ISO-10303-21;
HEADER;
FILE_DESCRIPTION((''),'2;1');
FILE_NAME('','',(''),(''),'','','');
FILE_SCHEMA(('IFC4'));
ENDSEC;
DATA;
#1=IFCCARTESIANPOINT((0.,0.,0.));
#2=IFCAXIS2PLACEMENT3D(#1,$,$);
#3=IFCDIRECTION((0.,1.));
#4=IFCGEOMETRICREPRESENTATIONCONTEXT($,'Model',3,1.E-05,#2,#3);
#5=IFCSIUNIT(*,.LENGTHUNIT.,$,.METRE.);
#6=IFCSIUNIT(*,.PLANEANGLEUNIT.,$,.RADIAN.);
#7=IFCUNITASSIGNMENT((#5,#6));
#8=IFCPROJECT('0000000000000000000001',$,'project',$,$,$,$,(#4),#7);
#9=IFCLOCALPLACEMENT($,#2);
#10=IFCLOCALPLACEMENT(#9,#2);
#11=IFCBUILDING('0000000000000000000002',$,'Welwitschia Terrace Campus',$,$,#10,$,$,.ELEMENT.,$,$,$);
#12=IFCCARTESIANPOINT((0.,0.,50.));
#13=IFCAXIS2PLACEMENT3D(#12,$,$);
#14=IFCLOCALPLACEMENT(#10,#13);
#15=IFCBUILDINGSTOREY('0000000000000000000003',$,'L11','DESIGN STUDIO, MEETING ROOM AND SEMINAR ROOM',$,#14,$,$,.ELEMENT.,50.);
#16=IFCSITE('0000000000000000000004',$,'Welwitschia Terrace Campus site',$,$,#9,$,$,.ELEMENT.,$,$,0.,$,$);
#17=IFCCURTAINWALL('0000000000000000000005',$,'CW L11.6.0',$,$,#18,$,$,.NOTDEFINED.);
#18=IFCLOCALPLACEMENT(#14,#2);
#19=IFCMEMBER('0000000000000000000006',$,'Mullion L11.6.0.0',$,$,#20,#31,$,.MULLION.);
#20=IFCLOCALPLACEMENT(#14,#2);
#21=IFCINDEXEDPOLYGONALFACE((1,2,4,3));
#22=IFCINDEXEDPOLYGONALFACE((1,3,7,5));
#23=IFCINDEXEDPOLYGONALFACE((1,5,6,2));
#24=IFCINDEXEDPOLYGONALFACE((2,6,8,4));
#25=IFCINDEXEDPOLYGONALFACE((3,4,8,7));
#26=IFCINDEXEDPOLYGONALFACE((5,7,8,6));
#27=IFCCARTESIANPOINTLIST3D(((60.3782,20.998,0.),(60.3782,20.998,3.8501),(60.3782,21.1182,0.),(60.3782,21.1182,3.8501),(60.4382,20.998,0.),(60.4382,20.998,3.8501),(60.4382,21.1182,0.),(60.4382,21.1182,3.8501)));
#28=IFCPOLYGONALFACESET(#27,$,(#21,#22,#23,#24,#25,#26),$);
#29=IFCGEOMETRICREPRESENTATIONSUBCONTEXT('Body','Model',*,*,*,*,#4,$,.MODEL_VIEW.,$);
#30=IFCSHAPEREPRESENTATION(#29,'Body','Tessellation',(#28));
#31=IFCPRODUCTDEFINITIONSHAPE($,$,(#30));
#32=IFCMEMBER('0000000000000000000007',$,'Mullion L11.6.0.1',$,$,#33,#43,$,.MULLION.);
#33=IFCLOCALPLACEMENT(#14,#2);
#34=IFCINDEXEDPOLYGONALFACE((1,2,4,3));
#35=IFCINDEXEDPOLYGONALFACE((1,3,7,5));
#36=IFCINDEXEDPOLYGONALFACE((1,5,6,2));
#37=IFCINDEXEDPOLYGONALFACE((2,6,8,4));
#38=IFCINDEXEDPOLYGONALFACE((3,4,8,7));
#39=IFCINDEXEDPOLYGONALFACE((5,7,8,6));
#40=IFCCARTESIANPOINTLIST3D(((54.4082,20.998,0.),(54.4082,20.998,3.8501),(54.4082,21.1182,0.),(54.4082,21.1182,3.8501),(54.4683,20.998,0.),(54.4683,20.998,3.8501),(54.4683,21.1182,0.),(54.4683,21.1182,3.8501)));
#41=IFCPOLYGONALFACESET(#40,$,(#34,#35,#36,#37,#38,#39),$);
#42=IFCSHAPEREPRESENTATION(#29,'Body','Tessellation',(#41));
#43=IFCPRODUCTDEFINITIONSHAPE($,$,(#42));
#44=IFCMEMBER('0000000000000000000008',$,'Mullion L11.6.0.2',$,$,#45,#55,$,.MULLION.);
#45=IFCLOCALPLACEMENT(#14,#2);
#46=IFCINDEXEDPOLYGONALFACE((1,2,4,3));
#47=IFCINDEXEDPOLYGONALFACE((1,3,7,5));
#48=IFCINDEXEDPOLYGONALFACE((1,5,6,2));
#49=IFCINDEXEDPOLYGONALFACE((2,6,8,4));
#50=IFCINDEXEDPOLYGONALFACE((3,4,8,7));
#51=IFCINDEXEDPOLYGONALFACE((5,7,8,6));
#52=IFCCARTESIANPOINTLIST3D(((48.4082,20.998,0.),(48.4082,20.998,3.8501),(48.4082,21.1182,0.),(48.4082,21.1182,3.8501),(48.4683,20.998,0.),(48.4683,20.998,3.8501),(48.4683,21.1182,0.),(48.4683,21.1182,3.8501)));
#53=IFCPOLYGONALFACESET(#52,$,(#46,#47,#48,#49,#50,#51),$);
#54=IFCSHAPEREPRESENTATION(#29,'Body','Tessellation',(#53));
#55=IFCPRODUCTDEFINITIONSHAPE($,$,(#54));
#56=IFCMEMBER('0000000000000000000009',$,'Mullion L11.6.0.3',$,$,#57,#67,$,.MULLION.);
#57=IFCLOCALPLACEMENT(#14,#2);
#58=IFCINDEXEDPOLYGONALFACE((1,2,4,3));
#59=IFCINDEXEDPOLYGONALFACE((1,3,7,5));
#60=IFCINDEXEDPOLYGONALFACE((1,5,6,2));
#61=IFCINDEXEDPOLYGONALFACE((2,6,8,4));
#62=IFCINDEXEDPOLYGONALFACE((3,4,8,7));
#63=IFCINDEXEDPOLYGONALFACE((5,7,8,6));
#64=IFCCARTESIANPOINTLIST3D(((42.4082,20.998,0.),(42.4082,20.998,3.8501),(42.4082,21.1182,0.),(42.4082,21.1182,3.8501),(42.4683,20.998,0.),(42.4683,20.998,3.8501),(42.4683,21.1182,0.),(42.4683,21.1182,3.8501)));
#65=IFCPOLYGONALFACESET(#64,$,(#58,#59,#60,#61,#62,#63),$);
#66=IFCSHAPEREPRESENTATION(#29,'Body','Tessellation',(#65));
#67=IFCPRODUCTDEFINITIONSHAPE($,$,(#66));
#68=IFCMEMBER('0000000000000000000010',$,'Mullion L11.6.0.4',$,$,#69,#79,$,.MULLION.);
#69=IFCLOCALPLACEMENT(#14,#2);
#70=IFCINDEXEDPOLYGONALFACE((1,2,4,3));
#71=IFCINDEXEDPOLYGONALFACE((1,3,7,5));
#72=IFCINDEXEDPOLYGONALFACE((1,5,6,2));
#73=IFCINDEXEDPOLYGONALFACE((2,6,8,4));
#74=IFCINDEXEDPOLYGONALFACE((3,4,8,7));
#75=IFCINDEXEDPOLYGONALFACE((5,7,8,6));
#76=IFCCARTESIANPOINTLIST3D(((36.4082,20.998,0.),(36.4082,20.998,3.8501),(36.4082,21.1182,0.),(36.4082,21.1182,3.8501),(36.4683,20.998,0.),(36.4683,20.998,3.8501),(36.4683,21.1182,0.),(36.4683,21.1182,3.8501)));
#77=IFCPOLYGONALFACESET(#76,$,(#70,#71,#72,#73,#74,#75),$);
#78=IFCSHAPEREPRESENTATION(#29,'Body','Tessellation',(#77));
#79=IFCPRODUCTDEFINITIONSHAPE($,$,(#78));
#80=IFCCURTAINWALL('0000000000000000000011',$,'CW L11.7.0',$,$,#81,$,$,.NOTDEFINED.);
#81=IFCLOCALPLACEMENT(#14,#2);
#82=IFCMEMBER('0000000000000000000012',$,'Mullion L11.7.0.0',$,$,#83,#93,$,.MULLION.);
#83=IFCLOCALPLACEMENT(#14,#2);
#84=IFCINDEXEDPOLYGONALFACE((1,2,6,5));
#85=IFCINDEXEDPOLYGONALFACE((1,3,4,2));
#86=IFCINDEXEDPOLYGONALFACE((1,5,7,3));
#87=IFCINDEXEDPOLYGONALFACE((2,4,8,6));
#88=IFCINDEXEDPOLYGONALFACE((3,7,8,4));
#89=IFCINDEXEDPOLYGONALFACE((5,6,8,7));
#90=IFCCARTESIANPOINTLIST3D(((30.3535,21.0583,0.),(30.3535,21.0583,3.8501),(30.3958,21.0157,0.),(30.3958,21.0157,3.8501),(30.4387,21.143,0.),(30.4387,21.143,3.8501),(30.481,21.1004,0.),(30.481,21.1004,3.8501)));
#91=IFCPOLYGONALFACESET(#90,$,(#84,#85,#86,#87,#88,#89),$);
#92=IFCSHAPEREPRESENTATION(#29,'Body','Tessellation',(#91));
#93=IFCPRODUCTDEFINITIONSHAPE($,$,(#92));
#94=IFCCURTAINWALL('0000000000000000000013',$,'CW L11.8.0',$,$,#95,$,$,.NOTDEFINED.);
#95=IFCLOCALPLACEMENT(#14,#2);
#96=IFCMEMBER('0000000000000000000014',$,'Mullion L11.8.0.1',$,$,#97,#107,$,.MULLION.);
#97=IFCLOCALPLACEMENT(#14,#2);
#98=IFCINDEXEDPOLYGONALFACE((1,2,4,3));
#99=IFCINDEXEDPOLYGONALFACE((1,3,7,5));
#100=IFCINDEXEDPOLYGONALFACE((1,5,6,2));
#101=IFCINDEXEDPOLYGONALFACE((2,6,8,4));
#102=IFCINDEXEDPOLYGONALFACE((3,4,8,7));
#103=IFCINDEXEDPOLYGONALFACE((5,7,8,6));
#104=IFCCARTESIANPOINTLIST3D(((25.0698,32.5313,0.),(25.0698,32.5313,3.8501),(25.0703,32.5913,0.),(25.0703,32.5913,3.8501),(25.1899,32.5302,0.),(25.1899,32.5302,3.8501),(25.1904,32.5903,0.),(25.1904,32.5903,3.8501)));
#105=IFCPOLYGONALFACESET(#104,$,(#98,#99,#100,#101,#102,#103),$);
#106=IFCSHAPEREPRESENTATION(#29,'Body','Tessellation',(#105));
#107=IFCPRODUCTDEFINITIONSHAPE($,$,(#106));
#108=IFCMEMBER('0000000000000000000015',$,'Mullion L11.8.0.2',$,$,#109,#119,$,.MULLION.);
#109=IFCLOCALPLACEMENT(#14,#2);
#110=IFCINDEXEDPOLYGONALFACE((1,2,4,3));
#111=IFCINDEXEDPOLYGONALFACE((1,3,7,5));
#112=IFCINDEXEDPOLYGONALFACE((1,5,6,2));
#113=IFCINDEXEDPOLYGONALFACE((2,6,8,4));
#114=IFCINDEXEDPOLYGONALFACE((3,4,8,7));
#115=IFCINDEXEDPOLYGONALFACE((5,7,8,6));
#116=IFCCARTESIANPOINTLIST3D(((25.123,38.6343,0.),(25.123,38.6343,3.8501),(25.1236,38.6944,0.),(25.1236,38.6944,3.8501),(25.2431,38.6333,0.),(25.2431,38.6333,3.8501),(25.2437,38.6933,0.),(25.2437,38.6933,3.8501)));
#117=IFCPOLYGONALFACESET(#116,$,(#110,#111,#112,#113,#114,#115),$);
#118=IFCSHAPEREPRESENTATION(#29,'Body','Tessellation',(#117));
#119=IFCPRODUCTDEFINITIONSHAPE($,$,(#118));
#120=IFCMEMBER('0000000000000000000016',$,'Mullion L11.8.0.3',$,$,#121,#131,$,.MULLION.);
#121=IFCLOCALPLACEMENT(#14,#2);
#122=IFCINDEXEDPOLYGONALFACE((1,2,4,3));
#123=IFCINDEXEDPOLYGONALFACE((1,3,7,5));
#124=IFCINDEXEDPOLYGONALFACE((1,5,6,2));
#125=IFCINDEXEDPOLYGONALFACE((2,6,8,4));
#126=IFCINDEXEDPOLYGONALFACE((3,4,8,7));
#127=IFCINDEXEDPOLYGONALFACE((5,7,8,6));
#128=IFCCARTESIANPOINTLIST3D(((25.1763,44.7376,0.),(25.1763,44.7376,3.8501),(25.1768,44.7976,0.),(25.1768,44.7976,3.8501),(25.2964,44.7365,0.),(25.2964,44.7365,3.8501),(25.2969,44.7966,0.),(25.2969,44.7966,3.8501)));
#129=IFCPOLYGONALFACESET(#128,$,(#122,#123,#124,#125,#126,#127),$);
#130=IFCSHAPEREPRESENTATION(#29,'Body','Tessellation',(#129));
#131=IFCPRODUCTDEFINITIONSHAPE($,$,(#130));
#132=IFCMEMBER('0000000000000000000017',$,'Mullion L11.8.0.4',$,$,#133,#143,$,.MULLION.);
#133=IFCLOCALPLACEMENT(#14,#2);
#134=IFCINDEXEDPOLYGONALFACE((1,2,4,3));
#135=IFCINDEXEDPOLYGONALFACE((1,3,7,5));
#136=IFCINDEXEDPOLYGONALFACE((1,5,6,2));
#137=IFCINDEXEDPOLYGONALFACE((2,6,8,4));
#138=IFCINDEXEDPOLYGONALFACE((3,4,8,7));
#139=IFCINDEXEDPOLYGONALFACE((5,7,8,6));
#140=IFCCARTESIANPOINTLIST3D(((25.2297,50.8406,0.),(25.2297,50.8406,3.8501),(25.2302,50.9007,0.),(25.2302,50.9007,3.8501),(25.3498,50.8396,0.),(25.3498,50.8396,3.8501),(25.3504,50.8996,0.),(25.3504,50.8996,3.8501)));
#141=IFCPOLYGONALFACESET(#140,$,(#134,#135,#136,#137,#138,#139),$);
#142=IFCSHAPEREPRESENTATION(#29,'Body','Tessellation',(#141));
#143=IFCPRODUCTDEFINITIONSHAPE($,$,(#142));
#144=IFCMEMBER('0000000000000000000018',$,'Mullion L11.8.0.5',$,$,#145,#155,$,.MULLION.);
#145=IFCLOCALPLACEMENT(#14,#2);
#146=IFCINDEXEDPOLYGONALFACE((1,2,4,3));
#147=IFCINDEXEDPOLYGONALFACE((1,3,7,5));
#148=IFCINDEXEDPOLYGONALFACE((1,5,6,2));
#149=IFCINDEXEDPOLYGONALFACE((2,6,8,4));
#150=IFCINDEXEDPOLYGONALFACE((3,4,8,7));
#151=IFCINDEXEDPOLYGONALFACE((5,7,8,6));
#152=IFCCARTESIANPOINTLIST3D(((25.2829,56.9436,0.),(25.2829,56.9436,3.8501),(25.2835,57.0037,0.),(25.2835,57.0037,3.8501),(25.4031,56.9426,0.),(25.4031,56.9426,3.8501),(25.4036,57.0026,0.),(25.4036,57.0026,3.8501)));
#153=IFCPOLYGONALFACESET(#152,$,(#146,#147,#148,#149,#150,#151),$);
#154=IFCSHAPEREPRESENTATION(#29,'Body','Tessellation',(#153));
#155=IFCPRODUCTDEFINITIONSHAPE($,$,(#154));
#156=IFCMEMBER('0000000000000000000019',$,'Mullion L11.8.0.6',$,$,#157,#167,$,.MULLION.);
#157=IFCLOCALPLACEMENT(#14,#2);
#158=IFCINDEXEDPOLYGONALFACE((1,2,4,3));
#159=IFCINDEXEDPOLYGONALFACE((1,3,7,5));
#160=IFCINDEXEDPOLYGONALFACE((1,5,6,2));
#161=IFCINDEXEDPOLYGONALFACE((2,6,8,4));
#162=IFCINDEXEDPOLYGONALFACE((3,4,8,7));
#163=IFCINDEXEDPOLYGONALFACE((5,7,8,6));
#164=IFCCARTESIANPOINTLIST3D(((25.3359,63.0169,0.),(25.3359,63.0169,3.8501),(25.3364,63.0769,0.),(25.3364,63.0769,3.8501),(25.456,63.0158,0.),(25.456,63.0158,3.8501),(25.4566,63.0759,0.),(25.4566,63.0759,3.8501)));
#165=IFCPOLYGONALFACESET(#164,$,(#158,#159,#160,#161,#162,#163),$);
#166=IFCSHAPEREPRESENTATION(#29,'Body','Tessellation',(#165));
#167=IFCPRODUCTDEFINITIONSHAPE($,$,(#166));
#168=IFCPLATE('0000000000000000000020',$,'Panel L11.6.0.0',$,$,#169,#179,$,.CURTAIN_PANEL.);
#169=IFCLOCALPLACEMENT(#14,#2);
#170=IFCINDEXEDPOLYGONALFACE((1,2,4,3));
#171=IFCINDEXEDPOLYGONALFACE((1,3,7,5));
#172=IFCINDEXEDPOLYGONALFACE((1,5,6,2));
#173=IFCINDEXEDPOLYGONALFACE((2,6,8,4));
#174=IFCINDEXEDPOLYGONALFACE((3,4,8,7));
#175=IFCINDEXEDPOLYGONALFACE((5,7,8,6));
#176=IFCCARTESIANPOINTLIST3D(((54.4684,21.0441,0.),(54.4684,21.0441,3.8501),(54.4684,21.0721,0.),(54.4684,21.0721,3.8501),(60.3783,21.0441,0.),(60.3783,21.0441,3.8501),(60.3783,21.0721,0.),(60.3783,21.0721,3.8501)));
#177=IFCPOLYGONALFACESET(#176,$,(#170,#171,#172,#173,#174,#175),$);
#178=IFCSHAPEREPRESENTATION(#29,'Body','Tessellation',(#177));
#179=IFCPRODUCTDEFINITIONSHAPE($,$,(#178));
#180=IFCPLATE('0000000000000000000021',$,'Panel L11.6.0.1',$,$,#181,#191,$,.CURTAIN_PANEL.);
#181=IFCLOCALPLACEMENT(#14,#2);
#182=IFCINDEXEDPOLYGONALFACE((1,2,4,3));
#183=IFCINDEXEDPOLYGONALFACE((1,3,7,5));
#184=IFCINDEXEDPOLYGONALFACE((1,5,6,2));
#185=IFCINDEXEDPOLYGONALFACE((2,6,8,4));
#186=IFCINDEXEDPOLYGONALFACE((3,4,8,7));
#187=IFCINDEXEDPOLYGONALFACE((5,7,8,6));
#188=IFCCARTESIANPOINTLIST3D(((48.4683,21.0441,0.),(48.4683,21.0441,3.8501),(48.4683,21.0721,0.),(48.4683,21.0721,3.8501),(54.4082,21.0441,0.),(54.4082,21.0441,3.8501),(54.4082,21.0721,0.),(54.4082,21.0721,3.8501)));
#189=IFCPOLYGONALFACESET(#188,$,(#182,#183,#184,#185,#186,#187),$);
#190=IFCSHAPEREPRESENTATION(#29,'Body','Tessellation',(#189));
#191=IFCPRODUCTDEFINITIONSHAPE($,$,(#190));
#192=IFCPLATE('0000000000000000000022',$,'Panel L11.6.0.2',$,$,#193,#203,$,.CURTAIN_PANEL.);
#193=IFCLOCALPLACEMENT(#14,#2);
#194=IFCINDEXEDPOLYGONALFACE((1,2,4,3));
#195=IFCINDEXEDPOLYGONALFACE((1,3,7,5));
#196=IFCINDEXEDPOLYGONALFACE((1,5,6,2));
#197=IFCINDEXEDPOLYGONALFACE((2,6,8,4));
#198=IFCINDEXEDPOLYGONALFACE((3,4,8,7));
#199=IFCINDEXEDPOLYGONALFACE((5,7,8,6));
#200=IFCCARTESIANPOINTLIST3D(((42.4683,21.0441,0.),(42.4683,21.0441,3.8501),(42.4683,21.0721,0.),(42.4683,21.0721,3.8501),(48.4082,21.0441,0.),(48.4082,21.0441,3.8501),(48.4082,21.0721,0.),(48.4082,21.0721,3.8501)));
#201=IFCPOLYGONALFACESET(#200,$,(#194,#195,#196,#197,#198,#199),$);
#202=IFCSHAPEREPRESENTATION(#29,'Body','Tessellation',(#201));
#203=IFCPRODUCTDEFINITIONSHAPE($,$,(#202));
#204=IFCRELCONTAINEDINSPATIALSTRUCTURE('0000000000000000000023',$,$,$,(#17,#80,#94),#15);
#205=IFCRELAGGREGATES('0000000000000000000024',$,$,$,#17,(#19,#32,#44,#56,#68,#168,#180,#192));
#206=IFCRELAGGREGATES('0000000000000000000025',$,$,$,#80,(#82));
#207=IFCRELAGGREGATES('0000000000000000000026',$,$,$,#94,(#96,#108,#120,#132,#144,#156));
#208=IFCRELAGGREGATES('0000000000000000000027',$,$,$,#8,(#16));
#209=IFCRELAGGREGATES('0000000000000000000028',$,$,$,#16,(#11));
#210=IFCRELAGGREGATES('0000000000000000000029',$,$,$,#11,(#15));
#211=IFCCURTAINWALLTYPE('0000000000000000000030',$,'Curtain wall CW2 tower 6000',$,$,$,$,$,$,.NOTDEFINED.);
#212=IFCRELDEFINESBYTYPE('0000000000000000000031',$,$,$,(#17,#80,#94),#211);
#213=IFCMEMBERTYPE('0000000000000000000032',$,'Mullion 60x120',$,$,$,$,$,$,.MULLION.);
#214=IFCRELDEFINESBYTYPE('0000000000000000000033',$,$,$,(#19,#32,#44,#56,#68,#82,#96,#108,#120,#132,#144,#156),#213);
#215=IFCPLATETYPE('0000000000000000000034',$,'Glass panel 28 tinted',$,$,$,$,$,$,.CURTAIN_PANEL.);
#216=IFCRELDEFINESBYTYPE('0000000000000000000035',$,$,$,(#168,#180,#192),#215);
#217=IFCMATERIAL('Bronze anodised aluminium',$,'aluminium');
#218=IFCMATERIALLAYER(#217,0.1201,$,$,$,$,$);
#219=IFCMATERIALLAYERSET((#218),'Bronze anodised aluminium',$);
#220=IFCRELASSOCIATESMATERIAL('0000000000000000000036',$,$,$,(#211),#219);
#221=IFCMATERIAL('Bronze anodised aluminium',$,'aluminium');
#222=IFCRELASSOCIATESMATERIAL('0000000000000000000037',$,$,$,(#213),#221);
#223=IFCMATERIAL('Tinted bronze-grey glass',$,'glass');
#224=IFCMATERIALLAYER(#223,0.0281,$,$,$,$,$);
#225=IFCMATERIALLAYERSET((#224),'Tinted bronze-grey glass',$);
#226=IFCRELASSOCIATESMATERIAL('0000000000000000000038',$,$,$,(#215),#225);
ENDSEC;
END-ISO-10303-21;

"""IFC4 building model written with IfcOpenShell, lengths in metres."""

from ifc_helpers import new_model, si_unit, direction, frame, origin, origin_2d, place, context, subcontext, project, spatial, rectangle, extrude, material, layer, layer_set, material_profile, profile_set, type_object, element, aggregate, save


model = new_model("IFC4")

# Units and contexts
model_context = context("Model", 3, precision=1e-05, world=origin(), true_north=direction((0.0, 1.0)))
body_context = subcontext(model_context, "Body", "Model", "MODEL_VIEW")
ifc_project = project(units=[si_unit("LENGTHUNIT", "METRE"), si_unit("PLANEANGLEUNIT", "RADIAN")], contexts=[model_context])

# Site, building, storey
site_placement = place(None, origin())
site = spatial("IfcSite", under=ifc_project, at=site_placement, Name="Welwitschia Terrace Campus site", CompositionType="ELEMENT", RefElevation=0.0)
building_placement = place(site_placement, origin())
building = spatial("IfcBuilding", under=site, at=building_placement, Name="Welwitschia Terrace Campus", CompositionType="ELEMENT")
storey_placement = place(building_placement, frame((0.0, 0.0, 50.0)))
storey = spatial("IfcBuildingStorey", under=building, at=storey_placement, Name="L11", Description="DESIGN STUDIO, MEETING ROOM AND SEMINAR ROOM", CompositionType="ELEMENT", Elevation=50.0)

# Curtain wall, members
ifc_material_1 = material(Name="Bronze anodised aluminium", Category="aluminium")
ifc_layer_1 = layer(ifc_material_1, 0.1201)
ifc_layer_set_1 = layer_set([ifc_layer_1], Name="Bronze anodised aluminium")
curtain_wall_type = type_object("IfcCurtainWallType", Name="Curtain wall CW2 tower 6000", PredefinedType="NOTDEFINED", material=ifc_layer_set_1)
curtain_wall_1_placement = place(storey_placement, origin())
curtain_wall_1 = element("IfcCurtainWall", 1, at=curtain_wall_1_placement, inside=storey, type_object=curtain_wall_type, Name="CW L11.6.0", PredefinedType="NOTDEFINED")
ifc_material_2 = material(Name="Bronze anodised aluminium", Category="aluminium")
ifc_material_profile = material_profile(ifc_material_2, rectangle(XDim=0.1201, YDim=0.0601, at=origin_2d()))
ifc_profile_set = profile_set([ifc_material_profile], Name="Bronze anodised aluminium")
member_type = type_object("IfcMemberType", Name="Mullion 60x120", PredefinedType="MULLION", material=ifc_profile_set)
member_1_placement = place(storey_placement, frame((60.4082, 21.0581, 0.0), z_axis=(0.0, 0.0, 1.0), x_axis=(0.0, -1.0, 0.0)))
member_1 = element("IfcMember", 2, at=member_1_placement, type_object=member_type, Name="Mullion L11.6.0.0", PredefinedType="MULLION", context=body_context, shape_type="SweptSolid", body=[
    extrude(rectangle(XDim=0.1201, YDim=0.0601, at=origin_2d()), origin(), (0.0, 0.0, 1.0), 3.8501),
])
member_2_placement = place(storey_placement, frame((54.4382, 21.0581, 0.0), z_axis=(0.0, 0.0, 1.0), x_axis=(0.0, -1.0, 0.0)))
member_2 = element("IfcMember", 3, at=member_2_placement, type_object=member_type, Name="Mullion L11.6.0.1", PredefinedType="MULLION", context=body_context, shape_type="SweptSolid", body=[
    extrude(rectangle(XDim=0.1201, YDim=0.0601, at=origin_2d()), origin(), (0.0, 0.0, 1.0), 3.8501),
])
member_3_placement = place(storey_placement, frame((48.4382, 21.0581, 0.0), z_axis=(0.0, 0.0, 1.0), x_axis=(0.0, -1.0, 0.0)))
member_3 = element("IfcMember", 4, at=member_3_placement, type_object=member_type, Name="Mullion L11.6.0.2", PredefinedType="MULLION", context=body_context, shape_type="SweptSolid", body=[
    extrude(rectangle(XDim=0.1201, YDim=0.0601, at=origin_2d()), origin(), (0.0, 0.0, 1.0), 3.8501),
])
member_4_placement = place(storey_placement, frame((42.4382, 21.0581, 0.0), z_axis=(0.0, 0.0, 1.0), x_axis=(0.0, -1.0, 0.0)))
member_4 = element("IfcMember", 5, at=member_4_placement, type_object=member_type, Name="Mullion L11.6.0.3", PredefinedType="MULLION", context=body_context, shape_type="SweptSolid", body=[
    extrude(rectangle(XDim=0.1201, YDim=0.0601, at=origin_2d()), origin(), (0.0, 0.0, 1.0), 3.8501),
])
member_5_placement = place(storey_placement, frame((36.4382, 21.0581, 0.0), z_axis=(0.0, 0.0, 1.0), x_axis=(0.0, -1.0, 0.0)))
member_5 = element("IfcMember", 6, at=member_5_placement, type_object=member_type, Name="Mullion L11.6.0.4", PredefinedType="MULLION", context=body_context, shape_type="SweptSolid", body=[
    extrude(rectangle(XDim=0.1201, YDim=0.0601, at=origin_2d()), origin(), (0.0, 0.0, 1.0), 3.8501),
])

# Curtain wall, member
curtain_wall_2_placement = place(storey_placement, origin())
curtain_wall_2 = element("IfcCurtainWall", 7, at=curtain_wall_2_placement, inside=storey, type_object=curtain_wall_type, Name="CW L11.7.0", PredefinedType="NOTDEFINED")
member_6_placement = place(storey_placement, frame((30.4172, 21.0793, 0.0), z_axis=(0.0, 0.0, 1.0), x_axis=(-0.709608, -0.704596, 0.0)))
member_6 = element("IfcMember", 8, at=member_6_placement, type_object=member_type, Name="Mullion L11.7.0.0", PredefinedType="MULLION", context=body_context, shape_type="SweptSolid", body=[
    extrude(rectangle(XDim=0.1201, YDim=0.0601, at=origin_2d()), origin(), (0.0, 0.0, 1.0), 3.8501),
])

# Curtain wall, members
curtain_wall_3_placement = place(storey_placement, origin())
curtain_wall_3 = element("IfcCurtainWall", 9, at=curtain_wall_3_placement, inside=storey, type_object=curtain_wall_type, Name="CW L11.8.0", PredefinedType="NOTDEFINED")
member_7_placement = place(storey_placement, frame((25.1301, 32.5608, 0.0), z_axis=(0.0, 0.0, 1.0), x_axis=(-0.999962, 0.008727, 0.0)))
member_7 = element("IfcMember", 10, at=member_7_placement, type_object=member_type, Name="Mullion L11.8.0.1", PredefinedType="MULLION", context=body_context, shape_type="SweptSolid", body=[
    extrude(rectangle(XDim=0.1201, YDim=0.0601, at=origin_2d()), origin(), (0.0, 0.0, 1.0), 3.8501),
])
member_8_placement = place(storey_placement, frame((25.1833, 38.6638, 0.0), z_axis=(0.0, 0.0, 1.0), x_axis=(-0.999962, 0.008727, 0.0)))
member_8 = element("IfcMember", 11, at=member_8_placement, type_object=member_type, Name="Mullion L11.8.0.2", PredefinedType="MULLION", context=body_context, shape_type="SweptSolid", body=[
    extrude(rectangle(XDim=0.1201, YDim=0.0601, at=origin_2d()), origin(), (0.0, 0.0, 1.0), 3.8501),
])
member_9_placement = place(storey_placement, frame((25.2366, 44.7671, 0.0), z_axis=(0.0, 0.0, 1.0), x_axis=(-0.999962, 0.008727, 0.0)))
member_9 = element("IfcMember", 12, at=member_9_placement, type_object=member_type, Name="Mullion L11.8.0.3", PredefinedType="MULLION", context=body_context, shape_type="SweptSolid", body=[
    extrude(rectangle(XDim=0.1201, YDim=0.0601, at=origin_2d()), origin(), (0.0, 0.0, 1.0), 3.8501),
])
member_10_placement = place(storey_placement, frame((25.29, 50.8701, 0.0), z_axis=(0.0, 0.0, 1.0), x_axis=(-0.999962, 0.008727, 0.0)))
member_10 = element("IfcMember", 13, at=member_10_placement, type_object=member_type, Name="Mullion L11.8.0.4", PredefinedType="MULLION", context=body_context, shape_type="SweptSolid", body=[
    extrude(rectangle(XDim=0.1201, YDim=0.0601, at=origin_2d()), origin(), (0.0, 0.0, 1.0), 3.8501),
])
member_11_placement = place(storey_placement, frame((25.3433, 56.9731, 0.0), z_axis=(0.0, 0.0, 1.0), x_axis=(-0.999962, 0.008727, 0.0)))
member_11 = element("IfcMember", 14, at=member_11_placement, type_object=member_type, Name="Mullion L11.8.0.5", PredefinedType="MULLION", context=body_context, shape_type="SweptSolid", body=[
    extrude(rectangle(XDim=0.1201, YDim=0.0601, at=origin_2d()), origin(), (0.0, 0.0, 1.0), 3.8501),
])
member_12_placement = place(storey_placement, frame((25.3962, 63.0464, 0.0), z_axis=(0.0, 0.0, 1.0), x_axis=(-0.999962, 0.008727, 0.0)))
member_12 = element("IfcMember", 15, at=member_12_placement, type_object=member_type, Name="Mullion L11.8.0.6", PredefinedType="MULLION", context=body_context, shape_type="SweptSolid", body=[
    extrude(rectangle(XDim=0.1201, YDim=0.0601, at=origin_2d()), origin(), (0.0, 0.0, 1.0), 3.8501),
])

# Plates
ifc_material_3 = material(Name="Tinted bronze-grey glass", Category="glass")
ifc_layer_2 = layer(ifc_material_3, 0.0281)
ifc_layer_set_2 = layer_set([ifc_layer_2], Name="Tinted bronze-grey glass")
plate_type = type_object("IfcPlateType", Name="Glass panel 28 tinted", PredefinedType="CURTAIN_PANEL", material=ifc_layer_set_2)
plate_1_placement = place(storey_placement, frame((57.4233, 21.0581, 0.0), z_axis=(0.0, 0.0, 1.0), x_axis=(-1.0, 0.0, 0.0)))
plate_1 = element("IfcPlate", 16, at=plate_1_placement, type_object=plate_type, Name="Panel L11.6.0.0", PredefinedType="CURTAIN_PANEL", context=body_context, shape_type="SweptSolid", body=[
    extrude(rectangle(XDim=5.9099, YDim=0.0281, at=origin_2d()), origin(), (0.0, 0.0, 1.0), 3.8501),
])
plate_2_placement = place(storey_placement, frame((51.4382, 21.0581, 0.0), z_axis=(0.0, 0.0, 1.0), x_axis=(-1.0, 0.0, 0.0)))
plate_2 = element("IfcPlate", 17, at=plate_2_placement, type_object=plate_type, Name="Panel L11.6.0.1", PredefinedType="CURTAIN_PANEL", context=body_context, shape_type="SweptSolid", body=[
    extrude(rectangle(XDim=5.9399, YDim=0.0281, at=origin_2d()), origin(), (0.0, 0.0, 1.0), 3.8501),
])
plate_3_placement = place(storey_placement, frame((45.4382, 21.0581, 0.0), z_axis=(0.0, 0.0, 1.0), x_axis=(-1.0, 0.0, 0.0)))
plate_3 = element("IfcPlate", 18, at=plate_3_placement, type_object=plate_type, Name="Panel L11.6.0.2", PredefinedType="CURTAIN_PANEL", context=body_context, shape_type="SweptSolid", body=[
    extrude(rectangle(XDim=5.9399, YDim=0.0281, at=origin_2d()), origin(), (0.0, 0.0, 1.0), 3.8501),
])
aggregate(curtain_wall_1, [member_1, member_2, member_3, member_4, member_5, plate_1, plate_2, plate_3])
aggregate(curtain_wall_2, [member_6])
aggregate(curtain_wall_3, [member_7, member_8, member_9, member_10, member_11, member_12])

save(model, "model.ifc")
